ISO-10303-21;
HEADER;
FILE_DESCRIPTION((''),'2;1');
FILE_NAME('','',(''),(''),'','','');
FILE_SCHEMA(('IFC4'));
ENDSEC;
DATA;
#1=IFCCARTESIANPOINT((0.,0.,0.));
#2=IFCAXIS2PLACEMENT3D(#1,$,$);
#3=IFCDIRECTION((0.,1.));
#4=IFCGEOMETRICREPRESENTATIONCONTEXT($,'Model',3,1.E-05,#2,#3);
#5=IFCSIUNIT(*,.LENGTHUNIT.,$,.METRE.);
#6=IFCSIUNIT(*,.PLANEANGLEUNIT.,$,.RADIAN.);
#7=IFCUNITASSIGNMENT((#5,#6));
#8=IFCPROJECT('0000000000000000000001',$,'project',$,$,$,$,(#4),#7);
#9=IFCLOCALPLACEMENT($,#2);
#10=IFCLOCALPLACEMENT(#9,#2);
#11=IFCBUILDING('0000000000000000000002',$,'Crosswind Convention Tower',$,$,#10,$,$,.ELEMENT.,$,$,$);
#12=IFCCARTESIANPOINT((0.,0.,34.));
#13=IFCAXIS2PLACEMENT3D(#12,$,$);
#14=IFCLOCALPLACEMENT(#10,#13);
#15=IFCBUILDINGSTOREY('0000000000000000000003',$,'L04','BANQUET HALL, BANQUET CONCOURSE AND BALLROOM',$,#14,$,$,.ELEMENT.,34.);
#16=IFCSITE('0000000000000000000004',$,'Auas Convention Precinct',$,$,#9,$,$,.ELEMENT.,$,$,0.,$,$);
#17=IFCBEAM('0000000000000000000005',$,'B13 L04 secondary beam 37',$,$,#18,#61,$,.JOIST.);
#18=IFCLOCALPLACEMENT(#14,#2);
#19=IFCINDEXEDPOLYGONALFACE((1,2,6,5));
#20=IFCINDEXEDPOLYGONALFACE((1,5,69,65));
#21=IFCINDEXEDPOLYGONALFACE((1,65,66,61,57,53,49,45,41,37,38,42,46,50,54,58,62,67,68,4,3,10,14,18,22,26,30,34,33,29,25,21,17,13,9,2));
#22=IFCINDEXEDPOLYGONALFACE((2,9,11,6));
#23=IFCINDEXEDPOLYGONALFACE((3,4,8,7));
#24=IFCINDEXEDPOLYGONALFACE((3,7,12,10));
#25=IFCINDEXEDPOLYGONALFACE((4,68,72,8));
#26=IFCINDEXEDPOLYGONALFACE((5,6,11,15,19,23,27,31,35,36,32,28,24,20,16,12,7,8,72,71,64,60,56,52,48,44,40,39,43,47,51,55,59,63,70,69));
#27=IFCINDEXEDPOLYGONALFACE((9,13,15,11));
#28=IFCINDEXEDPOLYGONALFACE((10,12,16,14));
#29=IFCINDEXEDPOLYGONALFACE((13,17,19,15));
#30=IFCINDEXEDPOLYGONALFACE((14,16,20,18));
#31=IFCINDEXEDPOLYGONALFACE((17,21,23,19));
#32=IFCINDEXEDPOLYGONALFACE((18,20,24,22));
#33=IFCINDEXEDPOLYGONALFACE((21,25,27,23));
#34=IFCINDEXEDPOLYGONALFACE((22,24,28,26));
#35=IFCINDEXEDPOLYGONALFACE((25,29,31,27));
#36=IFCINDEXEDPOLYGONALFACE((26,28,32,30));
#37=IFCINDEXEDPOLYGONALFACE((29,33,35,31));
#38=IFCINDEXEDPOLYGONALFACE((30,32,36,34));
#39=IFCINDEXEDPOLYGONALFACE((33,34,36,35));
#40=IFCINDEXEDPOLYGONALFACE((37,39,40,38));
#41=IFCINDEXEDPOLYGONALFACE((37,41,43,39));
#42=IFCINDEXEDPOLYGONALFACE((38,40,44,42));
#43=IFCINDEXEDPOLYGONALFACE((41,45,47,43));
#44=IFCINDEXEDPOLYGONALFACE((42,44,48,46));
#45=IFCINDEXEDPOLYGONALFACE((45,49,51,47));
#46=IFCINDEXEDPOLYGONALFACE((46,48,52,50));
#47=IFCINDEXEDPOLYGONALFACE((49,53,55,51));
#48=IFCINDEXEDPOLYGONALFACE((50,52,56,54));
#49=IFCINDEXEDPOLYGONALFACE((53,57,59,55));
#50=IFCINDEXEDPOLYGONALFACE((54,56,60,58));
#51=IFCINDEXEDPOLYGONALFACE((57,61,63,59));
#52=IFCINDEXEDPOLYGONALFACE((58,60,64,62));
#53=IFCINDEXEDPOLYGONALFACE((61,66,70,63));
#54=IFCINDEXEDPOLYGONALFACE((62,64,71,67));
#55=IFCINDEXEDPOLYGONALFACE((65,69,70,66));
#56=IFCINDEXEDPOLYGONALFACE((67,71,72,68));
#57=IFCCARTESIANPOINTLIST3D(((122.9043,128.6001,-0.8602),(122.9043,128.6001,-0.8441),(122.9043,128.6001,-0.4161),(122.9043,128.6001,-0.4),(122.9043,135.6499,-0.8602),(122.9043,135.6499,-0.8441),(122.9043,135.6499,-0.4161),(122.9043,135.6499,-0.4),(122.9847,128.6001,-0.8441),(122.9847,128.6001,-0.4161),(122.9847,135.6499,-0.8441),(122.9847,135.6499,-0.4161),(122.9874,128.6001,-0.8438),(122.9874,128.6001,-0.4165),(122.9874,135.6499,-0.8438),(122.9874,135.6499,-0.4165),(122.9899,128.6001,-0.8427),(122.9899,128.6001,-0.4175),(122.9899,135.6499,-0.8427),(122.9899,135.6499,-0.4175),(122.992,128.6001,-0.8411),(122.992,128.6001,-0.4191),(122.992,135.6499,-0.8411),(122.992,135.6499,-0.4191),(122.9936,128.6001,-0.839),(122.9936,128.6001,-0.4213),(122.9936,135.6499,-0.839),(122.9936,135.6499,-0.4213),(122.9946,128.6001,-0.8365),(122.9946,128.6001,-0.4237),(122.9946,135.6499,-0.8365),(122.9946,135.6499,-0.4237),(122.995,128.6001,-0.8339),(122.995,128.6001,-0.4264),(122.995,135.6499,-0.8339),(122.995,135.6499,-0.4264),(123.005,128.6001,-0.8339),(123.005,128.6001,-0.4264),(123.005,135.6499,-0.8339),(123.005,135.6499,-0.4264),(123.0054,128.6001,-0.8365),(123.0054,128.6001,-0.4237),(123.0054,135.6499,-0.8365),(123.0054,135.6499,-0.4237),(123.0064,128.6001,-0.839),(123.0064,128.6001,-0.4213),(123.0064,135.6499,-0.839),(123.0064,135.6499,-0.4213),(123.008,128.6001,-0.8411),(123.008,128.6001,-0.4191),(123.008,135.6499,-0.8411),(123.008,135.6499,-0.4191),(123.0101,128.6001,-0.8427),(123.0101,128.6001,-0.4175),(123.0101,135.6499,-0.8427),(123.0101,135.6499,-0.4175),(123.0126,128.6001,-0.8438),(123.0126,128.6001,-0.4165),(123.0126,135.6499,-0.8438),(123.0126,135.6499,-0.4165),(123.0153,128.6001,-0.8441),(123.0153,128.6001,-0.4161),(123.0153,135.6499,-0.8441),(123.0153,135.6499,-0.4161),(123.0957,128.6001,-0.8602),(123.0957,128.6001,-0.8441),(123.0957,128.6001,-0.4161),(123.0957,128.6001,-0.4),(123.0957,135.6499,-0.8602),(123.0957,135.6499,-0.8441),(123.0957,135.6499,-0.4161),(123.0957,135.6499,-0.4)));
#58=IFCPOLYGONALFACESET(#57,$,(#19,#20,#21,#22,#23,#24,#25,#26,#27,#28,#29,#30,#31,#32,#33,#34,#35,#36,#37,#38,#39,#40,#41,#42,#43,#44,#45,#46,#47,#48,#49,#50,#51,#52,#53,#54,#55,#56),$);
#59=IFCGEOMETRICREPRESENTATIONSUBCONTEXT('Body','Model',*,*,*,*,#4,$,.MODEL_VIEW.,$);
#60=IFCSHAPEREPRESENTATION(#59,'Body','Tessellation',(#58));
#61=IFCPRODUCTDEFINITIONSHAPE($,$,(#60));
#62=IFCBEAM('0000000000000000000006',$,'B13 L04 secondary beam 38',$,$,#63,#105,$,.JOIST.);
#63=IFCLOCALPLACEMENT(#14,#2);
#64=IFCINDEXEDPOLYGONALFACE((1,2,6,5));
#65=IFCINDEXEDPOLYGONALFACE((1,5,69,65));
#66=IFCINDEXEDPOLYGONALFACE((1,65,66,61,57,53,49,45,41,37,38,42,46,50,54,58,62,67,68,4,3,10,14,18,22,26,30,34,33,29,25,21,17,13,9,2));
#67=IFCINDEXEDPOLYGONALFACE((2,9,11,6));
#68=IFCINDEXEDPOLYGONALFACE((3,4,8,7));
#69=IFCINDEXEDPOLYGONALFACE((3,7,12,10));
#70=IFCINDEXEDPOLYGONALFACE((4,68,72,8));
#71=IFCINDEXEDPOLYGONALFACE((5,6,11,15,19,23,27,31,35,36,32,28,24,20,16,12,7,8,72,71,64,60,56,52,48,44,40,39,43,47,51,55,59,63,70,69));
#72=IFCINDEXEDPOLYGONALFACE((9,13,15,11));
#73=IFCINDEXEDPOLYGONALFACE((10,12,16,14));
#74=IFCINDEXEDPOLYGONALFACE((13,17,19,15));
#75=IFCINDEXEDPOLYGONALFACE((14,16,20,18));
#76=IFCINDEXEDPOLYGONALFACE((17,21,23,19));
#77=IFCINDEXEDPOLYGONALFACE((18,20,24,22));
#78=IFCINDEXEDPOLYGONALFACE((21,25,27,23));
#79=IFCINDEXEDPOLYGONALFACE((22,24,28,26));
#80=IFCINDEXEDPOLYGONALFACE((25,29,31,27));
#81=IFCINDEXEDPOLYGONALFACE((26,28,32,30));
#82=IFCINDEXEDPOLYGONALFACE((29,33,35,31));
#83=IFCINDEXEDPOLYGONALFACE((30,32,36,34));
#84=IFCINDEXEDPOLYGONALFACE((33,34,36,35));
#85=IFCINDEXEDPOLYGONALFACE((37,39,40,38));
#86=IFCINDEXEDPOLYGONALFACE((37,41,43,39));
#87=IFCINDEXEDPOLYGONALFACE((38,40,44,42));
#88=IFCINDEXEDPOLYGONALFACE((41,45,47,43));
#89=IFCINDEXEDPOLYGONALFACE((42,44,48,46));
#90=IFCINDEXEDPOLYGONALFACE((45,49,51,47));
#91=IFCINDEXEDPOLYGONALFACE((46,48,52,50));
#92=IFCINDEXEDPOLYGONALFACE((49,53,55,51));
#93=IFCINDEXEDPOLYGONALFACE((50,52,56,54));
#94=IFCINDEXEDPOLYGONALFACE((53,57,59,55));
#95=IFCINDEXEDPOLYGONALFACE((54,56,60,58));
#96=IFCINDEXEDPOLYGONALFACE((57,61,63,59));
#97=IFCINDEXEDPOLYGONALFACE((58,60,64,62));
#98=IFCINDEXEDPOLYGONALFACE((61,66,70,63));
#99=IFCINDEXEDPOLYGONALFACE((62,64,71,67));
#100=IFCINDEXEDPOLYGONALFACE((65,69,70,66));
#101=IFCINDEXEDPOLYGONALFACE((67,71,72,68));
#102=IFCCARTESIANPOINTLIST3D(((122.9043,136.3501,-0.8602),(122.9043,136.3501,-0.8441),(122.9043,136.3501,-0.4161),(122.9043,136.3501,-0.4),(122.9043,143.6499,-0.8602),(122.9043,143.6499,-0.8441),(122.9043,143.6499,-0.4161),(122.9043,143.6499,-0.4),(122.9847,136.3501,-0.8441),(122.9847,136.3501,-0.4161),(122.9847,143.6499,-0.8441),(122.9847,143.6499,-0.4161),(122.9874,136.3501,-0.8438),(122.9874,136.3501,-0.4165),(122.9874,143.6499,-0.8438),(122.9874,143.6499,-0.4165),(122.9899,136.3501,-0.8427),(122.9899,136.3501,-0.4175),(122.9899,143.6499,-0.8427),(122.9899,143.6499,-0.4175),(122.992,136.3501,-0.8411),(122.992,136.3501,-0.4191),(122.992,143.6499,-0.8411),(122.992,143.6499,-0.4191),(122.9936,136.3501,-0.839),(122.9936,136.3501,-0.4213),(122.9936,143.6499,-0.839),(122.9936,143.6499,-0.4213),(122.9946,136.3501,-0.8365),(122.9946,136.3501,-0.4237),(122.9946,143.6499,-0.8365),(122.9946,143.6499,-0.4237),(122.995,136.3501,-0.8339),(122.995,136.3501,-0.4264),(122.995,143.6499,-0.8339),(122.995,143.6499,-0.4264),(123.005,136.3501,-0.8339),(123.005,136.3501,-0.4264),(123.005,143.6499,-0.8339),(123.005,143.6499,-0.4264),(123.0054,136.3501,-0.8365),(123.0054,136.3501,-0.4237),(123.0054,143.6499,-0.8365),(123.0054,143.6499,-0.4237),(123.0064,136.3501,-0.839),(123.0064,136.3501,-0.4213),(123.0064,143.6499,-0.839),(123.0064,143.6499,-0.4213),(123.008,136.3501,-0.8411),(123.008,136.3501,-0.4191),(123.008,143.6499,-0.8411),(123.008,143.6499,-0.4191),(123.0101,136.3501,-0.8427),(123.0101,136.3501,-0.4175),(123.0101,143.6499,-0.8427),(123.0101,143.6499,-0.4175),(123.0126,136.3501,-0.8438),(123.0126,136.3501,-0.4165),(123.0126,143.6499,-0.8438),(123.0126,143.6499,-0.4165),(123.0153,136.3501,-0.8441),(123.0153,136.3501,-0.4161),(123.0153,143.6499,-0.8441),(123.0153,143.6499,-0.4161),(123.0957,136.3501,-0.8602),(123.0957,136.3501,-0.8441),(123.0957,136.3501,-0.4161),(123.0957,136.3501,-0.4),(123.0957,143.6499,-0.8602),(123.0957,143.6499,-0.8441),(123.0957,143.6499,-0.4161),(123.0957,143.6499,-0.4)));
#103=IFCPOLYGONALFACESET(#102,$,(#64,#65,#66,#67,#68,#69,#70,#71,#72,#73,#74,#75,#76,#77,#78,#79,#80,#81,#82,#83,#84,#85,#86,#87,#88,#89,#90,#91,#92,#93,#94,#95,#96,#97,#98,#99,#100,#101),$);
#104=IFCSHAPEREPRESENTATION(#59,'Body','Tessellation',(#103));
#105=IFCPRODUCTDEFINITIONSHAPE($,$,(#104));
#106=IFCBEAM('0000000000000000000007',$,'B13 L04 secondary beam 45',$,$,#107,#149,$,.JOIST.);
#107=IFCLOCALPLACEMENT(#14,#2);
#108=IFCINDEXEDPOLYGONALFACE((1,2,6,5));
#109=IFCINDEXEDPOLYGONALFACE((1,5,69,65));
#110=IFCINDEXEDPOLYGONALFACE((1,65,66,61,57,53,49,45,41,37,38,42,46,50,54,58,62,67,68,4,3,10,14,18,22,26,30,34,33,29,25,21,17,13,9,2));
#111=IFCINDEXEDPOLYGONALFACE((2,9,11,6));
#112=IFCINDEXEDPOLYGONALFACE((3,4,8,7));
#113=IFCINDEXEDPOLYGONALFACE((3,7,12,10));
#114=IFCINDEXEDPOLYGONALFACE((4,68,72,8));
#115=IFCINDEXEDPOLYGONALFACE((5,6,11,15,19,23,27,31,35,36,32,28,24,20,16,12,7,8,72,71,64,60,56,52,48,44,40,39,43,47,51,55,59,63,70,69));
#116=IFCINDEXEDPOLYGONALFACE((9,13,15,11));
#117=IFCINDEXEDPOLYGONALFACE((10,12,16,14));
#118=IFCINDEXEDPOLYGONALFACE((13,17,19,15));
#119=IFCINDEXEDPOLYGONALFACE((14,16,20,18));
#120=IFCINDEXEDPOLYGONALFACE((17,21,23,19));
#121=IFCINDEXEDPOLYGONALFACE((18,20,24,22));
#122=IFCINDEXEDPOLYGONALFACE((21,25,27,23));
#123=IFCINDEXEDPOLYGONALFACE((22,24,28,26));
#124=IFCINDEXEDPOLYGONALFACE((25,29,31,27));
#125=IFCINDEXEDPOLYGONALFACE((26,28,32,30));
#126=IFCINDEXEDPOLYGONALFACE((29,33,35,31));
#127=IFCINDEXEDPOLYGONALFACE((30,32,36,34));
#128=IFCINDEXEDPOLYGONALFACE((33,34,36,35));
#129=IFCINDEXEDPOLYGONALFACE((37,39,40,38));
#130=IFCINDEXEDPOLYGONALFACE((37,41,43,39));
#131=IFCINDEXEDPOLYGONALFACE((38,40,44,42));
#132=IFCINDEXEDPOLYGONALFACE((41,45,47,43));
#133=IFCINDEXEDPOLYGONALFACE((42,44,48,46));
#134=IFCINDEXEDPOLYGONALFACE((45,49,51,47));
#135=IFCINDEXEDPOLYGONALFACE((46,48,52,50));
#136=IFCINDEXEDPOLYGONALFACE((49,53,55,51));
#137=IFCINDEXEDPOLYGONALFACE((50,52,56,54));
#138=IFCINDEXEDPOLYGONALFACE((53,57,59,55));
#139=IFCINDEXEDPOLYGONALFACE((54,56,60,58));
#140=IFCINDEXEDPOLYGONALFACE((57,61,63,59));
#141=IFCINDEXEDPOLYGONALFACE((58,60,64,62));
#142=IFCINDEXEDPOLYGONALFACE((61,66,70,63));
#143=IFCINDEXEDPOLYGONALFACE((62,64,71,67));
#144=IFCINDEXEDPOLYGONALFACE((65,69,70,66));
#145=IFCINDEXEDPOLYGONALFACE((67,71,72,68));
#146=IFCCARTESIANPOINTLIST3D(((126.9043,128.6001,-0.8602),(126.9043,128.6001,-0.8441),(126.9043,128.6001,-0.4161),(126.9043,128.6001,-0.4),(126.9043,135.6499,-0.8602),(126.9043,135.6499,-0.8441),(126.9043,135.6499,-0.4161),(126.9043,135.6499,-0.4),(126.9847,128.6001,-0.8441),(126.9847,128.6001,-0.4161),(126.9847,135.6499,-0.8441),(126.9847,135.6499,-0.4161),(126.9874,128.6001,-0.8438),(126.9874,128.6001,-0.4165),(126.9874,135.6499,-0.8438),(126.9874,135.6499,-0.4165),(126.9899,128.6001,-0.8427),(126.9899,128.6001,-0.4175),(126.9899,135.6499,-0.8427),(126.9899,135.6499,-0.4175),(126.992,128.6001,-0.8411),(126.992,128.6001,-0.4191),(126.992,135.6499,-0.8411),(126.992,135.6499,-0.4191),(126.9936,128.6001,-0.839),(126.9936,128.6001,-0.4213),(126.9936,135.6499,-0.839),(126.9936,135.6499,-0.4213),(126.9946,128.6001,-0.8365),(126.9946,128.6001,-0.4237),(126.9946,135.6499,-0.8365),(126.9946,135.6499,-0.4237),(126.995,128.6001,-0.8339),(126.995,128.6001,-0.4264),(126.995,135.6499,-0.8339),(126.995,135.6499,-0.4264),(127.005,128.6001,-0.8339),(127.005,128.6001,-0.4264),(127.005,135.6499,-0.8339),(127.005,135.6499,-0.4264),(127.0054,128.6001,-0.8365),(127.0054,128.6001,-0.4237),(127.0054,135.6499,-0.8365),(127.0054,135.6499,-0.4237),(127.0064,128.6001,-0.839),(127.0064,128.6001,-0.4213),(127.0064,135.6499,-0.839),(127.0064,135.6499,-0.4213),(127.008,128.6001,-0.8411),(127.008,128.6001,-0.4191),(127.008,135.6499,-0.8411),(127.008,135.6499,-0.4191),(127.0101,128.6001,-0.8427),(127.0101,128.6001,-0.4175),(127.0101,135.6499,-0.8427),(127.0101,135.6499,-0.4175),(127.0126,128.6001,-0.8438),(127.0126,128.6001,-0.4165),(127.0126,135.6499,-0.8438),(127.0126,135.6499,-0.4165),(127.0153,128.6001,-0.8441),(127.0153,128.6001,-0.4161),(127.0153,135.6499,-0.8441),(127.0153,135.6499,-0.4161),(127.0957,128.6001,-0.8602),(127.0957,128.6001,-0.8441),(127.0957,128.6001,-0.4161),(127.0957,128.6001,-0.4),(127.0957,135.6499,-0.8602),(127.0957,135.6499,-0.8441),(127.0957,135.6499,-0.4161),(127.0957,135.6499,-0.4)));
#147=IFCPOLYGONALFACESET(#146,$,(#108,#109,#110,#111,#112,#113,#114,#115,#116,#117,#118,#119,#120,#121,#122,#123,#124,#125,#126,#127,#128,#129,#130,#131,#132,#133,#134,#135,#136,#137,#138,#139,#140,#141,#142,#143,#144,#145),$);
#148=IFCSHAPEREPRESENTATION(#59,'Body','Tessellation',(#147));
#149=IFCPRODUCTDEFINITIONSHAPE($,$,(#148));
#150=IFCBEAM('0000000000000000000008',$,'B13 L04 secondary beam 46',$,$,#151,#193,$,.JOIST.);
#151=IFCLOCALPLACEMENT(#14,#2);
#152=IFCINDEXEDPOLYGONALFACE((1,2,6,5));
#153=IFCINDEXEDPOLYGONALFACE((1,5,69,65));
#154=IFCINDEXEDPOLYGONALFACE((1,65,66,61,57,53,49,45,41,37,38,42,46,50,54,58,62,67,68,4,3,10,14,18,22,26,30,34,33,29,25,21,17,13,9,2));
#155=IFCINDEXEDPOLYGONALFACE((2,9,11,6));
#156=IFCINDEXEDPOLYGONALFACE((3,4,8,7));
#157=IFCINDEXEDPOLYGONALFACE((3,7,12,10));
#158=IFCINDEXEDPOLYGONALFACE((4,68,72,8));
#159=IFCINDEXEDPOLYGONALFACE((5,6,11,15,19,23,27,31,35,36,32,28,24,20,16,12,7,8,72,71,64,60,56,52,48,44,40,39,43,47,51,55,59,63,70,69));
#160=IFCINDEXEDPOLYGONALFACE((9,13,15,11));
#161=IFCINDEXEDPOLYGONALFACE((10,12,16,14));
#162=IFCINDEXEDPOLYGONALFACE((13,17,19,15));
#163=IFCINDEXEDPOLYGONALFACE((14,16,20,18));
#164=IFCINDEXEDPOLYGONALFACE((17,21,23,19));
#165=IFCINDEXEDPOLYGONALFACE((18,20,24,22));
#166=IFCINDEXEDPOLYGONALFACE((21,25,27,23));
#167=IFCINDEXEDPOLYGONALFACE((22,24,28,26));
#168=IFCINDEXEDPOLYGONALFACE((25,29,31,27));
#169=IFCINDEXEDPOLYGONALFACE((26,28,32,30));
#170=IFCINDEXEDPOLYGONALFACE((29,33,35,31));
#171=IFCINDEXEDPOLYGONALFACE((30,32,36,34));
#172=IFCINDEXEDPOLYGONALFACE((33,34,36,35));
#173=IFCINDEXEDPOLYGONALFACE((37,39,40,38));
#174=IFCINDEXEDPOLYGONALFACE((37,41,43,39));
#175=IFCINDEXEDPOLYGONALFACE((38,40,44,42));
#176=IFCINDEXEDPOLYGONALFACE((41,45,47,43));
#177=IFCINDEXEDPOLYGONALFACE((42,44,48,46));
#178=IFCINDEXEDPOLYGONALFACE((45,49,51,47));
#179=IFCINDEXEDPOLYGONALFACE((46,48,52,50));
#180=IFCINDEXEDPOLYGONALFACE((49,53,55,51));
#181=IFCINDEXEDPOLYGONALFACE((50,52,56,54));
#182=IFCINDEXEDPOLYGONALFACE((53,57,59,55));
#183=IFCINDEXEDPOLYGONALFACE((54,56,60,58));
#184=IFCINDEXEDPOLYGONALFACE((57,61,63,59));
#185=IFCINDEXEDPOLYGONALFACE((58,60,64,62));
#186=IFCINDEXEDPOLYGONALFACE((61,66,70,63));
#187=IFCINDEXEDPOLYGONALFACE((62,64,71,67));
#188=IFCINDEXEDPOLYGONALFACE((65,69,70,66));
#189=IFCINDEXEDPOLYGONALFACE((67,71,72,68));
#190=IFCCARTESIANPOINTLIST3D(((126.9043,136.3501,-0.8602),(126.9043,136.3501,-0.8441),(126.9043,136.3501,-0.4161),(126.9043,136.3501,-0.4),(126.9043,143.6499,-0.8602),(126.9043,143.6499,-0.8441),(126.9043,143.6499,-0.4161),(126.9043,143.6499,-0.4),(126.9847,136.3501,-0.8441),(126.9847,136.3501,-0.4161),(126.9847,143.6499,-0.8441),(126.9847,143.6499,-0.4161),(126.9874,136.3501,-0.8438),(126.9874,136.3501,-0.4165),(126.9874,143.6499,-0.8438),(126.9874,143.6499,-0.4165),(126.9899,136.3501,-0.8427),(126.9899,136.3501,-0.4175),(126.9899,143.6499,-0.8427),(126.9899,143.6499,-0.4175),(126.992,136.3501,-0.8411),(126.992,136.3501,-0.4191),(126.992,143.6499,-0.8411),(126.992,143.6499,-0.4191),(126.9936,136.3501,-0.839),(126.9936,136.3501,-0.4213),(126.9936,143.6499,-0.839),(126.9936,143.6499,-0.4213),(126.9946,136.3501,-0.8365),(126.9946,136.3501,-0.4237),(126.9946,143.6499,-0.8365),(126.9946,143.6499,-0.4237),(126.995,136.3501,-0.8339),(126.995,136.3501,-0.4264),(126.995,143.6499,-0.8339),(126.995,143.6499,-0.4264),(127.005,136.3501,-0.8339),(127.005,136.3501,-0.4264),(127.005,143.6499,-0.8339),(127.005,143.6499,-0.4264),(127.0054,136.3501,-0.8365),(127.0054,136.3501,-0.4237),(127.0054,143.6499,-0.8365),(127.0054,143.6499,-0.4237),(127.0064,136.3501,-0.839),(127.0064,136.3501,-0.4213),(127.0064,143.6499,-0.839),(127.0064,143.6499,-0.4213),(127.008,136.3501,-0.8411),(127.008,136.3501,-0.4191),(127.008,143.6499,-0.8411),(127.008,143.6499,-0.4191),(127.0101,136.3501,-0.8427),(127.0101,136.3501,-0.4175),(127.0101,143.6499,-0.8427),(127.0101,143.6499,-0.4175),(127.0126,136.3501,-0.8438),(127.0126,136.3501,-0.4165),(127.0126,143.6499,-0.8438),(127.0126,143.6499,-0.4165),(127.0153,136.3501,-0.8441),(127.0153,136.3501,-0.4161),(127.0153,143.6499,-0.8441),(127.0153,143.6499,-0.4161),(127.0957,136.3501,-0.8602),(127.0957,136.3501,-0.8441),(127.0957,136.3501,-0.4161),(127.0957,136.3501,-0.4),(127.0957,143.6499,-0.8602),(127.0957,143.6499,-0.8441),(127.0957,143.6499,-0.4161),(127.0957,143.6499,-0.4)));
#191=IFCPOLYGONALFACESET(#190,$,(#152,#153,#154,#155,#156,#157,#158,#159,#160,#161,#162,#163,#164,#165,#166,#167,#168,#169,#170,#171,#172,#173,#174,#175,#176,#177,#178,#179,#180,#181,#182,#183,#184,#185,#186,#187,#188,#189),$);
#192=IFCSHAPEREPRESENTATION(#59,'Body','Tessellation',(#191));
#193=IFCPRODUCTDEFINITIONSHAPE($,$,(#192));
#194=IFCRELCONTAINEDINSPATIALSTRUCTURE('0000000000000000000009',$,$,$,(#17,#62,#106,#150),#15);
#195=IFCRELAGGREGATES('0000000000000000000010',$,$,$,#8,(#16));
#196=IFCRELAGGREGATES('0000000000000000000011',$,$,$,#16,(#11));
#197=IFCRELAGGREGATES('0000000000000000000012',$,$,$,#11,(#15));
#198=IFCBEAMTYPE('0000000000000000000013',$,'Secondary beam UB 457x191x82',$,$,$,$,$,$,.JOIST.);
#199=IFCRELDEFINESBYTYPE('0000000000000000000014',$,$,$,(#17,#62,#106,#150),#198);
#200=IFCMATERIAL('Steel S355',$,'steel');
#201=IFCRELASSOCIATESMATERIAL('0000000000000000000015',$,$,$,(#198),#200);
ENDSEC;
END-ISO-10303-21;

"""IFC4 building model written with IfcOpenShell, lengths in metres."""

from ifc_helpers import new_model, si_unit, direction, frame, origin, origin_2d, place, context, subcontext, project, spatial, i_section, extrude, material, material_profile, profile_set, type_object, element, save


model = new_model("IFC4")

# Units and contexts
model_context = context("Model", 3, precision=1e-05, world=origin(), true_north=direction((0.0, 1.0)))
body_context = subcontext(model_context, "Body", "Model", "MODEL_VIEW")
ifc_project = project(units=[si_unit("LENGTHUNIT", "METRE"), si_unit("PLANEANGLEUNIT", "RADIAN")], contexts=[model_context])

# Site, building, storey
site_placement = place(None, origin())
site = spatial("IfcSite", under=ifc_project, at=site_placement, Name="Auas Convention Precinct", CompositionType="ELEMENT", RefElevation=0.0)
building_placement = place(site_placement, origin())
building = spatial("IfcBuilding", under=site, at=building_placement, Name="Crosswind Convention Tower", CompositionType="ELEMENT")
storey_placement = place(building_placement, frame((0.0, 0.0, 34.0)))
storey = spatial("IfcBuildingStorey", under=building, at=storey_placement, Name="L04", Description="BANQUET HALL, BANQUET CONCOURSE AND BALLROOM", CompositionType="ELEMENT", Elevation=34.0)

# Shared definitions
ifc_material_1 = material(Name="Steel S355", Category="steel")

# Beams
ifc_material_profile_1 = material_profile(ifc_material_1, i_section(OverallWidth=0.1914, OverallDepth=0.4602, WebThickness=0.01, FlangeThickness=0.0161, FilletRadius=0.0103, at=origin_2d()), Name="UB 457x191x82")
ifc_profile_set_1 = profile_set([ifc_material_profile_1], Name="Steel S355")
beam_type_1 = type_object("IfcBeamType", Name="Secondary beam UB 457x191x82", PredefinedType="JOIST", material=ifc_profile_set_1)
beam_1_placement = place(storey_placement, frame((123.0, 128.6001, -0.6301), z_axis=(0.0, 1.0, 0.0), x_axis=(-1.0, 0.0, 0.0)))
element("IfcBeam", 1, at=beam_1_placement, inside=storey, type_object=beam_type_1, Name="B13 L04 secondary beam 37", PredefinedType="JOIST", context=body_context, shape_type="SweptSolid", body=[
    extrude(i_section(OverallWidth=0.1914, OverallDepth=0.4602, WebThickness=0.01, FlangeThickness=0.0161, FilletRadius=0.0103, at=origin_2d()), origin(), (0.0, 0.0, 1.0), 7.0498),
])
beam_2_placement = place(storey_placement, frame((123.0, 136.3501, -0.6301), z_axis=(0.0, 1.0, 0.0), x_axis=(-1.0, 0.0, 0.0)))
element("IfcBeam", 2, at=beam_2_placement, inside=storey, type_object=beam_type_1, Name="B13 L04 secondary beam 38", PredefinedType="JOIST", context=body_context, shape_type="SweptSolid", body=[
    extrude(i_section(OverallWidth=0.1914, OverallDepth=0.4602, WebThickness=0.01, FlangeThickness=0.0161, FilletRadius=0.0103, at=origin_2d()), origin(), (0.0, 0.0, 1.0), 7.2998),
])
beam_3_placement = place(storey_placement, frame((127.0, 128.6001, -0.6301), z_axis=(0.0, 1.0, 0.0), x_axis=(-1.0, 0.0, 0.0)))
element("IfcBeam", 3, at=beam_3_placement, inside=storey, type_object=beam_type_1, Name="B13 L04 secondary beam 45", PredefinedType="JOIST", context=body_context, shape_type="SweptSolid", body=[
    extrude(i_section(OverallWidth=0.1914, OverallDepth=0.4602, WebThickness=0.01, FlangeThickness=0.0161, FilletRadius=0.0103, at=origin_2d()), origin(), (0.0, 0.0, 1.0), 7.0498),
])
beam_4_placement = place(storey_placement, frame((127.0, 136.3501, -0.6301), z_axis=(0.0, 1.0, 0.0), x_axis=(-1.0, 0.0, 0.0)))
element("IfcBeam", 4, at=beam_4_placement, inside=storey, type_object=beam_type_1, Name="B13 L04 secondary beam 46", PredefinedType="JOIST", context=body_context, shape_type="SweptSolid", body=[
    extrude(i_section(OverallWidth=0.1914, OverallDepth=0.4602, WebThickness=0.01, FlangeThickness=0.0161, FilletRadius=0.0103, at=origin_2d()), origin(), (0.0, 0.0, 1.0), 7.2998),
])

save(model, "model.ifc")
